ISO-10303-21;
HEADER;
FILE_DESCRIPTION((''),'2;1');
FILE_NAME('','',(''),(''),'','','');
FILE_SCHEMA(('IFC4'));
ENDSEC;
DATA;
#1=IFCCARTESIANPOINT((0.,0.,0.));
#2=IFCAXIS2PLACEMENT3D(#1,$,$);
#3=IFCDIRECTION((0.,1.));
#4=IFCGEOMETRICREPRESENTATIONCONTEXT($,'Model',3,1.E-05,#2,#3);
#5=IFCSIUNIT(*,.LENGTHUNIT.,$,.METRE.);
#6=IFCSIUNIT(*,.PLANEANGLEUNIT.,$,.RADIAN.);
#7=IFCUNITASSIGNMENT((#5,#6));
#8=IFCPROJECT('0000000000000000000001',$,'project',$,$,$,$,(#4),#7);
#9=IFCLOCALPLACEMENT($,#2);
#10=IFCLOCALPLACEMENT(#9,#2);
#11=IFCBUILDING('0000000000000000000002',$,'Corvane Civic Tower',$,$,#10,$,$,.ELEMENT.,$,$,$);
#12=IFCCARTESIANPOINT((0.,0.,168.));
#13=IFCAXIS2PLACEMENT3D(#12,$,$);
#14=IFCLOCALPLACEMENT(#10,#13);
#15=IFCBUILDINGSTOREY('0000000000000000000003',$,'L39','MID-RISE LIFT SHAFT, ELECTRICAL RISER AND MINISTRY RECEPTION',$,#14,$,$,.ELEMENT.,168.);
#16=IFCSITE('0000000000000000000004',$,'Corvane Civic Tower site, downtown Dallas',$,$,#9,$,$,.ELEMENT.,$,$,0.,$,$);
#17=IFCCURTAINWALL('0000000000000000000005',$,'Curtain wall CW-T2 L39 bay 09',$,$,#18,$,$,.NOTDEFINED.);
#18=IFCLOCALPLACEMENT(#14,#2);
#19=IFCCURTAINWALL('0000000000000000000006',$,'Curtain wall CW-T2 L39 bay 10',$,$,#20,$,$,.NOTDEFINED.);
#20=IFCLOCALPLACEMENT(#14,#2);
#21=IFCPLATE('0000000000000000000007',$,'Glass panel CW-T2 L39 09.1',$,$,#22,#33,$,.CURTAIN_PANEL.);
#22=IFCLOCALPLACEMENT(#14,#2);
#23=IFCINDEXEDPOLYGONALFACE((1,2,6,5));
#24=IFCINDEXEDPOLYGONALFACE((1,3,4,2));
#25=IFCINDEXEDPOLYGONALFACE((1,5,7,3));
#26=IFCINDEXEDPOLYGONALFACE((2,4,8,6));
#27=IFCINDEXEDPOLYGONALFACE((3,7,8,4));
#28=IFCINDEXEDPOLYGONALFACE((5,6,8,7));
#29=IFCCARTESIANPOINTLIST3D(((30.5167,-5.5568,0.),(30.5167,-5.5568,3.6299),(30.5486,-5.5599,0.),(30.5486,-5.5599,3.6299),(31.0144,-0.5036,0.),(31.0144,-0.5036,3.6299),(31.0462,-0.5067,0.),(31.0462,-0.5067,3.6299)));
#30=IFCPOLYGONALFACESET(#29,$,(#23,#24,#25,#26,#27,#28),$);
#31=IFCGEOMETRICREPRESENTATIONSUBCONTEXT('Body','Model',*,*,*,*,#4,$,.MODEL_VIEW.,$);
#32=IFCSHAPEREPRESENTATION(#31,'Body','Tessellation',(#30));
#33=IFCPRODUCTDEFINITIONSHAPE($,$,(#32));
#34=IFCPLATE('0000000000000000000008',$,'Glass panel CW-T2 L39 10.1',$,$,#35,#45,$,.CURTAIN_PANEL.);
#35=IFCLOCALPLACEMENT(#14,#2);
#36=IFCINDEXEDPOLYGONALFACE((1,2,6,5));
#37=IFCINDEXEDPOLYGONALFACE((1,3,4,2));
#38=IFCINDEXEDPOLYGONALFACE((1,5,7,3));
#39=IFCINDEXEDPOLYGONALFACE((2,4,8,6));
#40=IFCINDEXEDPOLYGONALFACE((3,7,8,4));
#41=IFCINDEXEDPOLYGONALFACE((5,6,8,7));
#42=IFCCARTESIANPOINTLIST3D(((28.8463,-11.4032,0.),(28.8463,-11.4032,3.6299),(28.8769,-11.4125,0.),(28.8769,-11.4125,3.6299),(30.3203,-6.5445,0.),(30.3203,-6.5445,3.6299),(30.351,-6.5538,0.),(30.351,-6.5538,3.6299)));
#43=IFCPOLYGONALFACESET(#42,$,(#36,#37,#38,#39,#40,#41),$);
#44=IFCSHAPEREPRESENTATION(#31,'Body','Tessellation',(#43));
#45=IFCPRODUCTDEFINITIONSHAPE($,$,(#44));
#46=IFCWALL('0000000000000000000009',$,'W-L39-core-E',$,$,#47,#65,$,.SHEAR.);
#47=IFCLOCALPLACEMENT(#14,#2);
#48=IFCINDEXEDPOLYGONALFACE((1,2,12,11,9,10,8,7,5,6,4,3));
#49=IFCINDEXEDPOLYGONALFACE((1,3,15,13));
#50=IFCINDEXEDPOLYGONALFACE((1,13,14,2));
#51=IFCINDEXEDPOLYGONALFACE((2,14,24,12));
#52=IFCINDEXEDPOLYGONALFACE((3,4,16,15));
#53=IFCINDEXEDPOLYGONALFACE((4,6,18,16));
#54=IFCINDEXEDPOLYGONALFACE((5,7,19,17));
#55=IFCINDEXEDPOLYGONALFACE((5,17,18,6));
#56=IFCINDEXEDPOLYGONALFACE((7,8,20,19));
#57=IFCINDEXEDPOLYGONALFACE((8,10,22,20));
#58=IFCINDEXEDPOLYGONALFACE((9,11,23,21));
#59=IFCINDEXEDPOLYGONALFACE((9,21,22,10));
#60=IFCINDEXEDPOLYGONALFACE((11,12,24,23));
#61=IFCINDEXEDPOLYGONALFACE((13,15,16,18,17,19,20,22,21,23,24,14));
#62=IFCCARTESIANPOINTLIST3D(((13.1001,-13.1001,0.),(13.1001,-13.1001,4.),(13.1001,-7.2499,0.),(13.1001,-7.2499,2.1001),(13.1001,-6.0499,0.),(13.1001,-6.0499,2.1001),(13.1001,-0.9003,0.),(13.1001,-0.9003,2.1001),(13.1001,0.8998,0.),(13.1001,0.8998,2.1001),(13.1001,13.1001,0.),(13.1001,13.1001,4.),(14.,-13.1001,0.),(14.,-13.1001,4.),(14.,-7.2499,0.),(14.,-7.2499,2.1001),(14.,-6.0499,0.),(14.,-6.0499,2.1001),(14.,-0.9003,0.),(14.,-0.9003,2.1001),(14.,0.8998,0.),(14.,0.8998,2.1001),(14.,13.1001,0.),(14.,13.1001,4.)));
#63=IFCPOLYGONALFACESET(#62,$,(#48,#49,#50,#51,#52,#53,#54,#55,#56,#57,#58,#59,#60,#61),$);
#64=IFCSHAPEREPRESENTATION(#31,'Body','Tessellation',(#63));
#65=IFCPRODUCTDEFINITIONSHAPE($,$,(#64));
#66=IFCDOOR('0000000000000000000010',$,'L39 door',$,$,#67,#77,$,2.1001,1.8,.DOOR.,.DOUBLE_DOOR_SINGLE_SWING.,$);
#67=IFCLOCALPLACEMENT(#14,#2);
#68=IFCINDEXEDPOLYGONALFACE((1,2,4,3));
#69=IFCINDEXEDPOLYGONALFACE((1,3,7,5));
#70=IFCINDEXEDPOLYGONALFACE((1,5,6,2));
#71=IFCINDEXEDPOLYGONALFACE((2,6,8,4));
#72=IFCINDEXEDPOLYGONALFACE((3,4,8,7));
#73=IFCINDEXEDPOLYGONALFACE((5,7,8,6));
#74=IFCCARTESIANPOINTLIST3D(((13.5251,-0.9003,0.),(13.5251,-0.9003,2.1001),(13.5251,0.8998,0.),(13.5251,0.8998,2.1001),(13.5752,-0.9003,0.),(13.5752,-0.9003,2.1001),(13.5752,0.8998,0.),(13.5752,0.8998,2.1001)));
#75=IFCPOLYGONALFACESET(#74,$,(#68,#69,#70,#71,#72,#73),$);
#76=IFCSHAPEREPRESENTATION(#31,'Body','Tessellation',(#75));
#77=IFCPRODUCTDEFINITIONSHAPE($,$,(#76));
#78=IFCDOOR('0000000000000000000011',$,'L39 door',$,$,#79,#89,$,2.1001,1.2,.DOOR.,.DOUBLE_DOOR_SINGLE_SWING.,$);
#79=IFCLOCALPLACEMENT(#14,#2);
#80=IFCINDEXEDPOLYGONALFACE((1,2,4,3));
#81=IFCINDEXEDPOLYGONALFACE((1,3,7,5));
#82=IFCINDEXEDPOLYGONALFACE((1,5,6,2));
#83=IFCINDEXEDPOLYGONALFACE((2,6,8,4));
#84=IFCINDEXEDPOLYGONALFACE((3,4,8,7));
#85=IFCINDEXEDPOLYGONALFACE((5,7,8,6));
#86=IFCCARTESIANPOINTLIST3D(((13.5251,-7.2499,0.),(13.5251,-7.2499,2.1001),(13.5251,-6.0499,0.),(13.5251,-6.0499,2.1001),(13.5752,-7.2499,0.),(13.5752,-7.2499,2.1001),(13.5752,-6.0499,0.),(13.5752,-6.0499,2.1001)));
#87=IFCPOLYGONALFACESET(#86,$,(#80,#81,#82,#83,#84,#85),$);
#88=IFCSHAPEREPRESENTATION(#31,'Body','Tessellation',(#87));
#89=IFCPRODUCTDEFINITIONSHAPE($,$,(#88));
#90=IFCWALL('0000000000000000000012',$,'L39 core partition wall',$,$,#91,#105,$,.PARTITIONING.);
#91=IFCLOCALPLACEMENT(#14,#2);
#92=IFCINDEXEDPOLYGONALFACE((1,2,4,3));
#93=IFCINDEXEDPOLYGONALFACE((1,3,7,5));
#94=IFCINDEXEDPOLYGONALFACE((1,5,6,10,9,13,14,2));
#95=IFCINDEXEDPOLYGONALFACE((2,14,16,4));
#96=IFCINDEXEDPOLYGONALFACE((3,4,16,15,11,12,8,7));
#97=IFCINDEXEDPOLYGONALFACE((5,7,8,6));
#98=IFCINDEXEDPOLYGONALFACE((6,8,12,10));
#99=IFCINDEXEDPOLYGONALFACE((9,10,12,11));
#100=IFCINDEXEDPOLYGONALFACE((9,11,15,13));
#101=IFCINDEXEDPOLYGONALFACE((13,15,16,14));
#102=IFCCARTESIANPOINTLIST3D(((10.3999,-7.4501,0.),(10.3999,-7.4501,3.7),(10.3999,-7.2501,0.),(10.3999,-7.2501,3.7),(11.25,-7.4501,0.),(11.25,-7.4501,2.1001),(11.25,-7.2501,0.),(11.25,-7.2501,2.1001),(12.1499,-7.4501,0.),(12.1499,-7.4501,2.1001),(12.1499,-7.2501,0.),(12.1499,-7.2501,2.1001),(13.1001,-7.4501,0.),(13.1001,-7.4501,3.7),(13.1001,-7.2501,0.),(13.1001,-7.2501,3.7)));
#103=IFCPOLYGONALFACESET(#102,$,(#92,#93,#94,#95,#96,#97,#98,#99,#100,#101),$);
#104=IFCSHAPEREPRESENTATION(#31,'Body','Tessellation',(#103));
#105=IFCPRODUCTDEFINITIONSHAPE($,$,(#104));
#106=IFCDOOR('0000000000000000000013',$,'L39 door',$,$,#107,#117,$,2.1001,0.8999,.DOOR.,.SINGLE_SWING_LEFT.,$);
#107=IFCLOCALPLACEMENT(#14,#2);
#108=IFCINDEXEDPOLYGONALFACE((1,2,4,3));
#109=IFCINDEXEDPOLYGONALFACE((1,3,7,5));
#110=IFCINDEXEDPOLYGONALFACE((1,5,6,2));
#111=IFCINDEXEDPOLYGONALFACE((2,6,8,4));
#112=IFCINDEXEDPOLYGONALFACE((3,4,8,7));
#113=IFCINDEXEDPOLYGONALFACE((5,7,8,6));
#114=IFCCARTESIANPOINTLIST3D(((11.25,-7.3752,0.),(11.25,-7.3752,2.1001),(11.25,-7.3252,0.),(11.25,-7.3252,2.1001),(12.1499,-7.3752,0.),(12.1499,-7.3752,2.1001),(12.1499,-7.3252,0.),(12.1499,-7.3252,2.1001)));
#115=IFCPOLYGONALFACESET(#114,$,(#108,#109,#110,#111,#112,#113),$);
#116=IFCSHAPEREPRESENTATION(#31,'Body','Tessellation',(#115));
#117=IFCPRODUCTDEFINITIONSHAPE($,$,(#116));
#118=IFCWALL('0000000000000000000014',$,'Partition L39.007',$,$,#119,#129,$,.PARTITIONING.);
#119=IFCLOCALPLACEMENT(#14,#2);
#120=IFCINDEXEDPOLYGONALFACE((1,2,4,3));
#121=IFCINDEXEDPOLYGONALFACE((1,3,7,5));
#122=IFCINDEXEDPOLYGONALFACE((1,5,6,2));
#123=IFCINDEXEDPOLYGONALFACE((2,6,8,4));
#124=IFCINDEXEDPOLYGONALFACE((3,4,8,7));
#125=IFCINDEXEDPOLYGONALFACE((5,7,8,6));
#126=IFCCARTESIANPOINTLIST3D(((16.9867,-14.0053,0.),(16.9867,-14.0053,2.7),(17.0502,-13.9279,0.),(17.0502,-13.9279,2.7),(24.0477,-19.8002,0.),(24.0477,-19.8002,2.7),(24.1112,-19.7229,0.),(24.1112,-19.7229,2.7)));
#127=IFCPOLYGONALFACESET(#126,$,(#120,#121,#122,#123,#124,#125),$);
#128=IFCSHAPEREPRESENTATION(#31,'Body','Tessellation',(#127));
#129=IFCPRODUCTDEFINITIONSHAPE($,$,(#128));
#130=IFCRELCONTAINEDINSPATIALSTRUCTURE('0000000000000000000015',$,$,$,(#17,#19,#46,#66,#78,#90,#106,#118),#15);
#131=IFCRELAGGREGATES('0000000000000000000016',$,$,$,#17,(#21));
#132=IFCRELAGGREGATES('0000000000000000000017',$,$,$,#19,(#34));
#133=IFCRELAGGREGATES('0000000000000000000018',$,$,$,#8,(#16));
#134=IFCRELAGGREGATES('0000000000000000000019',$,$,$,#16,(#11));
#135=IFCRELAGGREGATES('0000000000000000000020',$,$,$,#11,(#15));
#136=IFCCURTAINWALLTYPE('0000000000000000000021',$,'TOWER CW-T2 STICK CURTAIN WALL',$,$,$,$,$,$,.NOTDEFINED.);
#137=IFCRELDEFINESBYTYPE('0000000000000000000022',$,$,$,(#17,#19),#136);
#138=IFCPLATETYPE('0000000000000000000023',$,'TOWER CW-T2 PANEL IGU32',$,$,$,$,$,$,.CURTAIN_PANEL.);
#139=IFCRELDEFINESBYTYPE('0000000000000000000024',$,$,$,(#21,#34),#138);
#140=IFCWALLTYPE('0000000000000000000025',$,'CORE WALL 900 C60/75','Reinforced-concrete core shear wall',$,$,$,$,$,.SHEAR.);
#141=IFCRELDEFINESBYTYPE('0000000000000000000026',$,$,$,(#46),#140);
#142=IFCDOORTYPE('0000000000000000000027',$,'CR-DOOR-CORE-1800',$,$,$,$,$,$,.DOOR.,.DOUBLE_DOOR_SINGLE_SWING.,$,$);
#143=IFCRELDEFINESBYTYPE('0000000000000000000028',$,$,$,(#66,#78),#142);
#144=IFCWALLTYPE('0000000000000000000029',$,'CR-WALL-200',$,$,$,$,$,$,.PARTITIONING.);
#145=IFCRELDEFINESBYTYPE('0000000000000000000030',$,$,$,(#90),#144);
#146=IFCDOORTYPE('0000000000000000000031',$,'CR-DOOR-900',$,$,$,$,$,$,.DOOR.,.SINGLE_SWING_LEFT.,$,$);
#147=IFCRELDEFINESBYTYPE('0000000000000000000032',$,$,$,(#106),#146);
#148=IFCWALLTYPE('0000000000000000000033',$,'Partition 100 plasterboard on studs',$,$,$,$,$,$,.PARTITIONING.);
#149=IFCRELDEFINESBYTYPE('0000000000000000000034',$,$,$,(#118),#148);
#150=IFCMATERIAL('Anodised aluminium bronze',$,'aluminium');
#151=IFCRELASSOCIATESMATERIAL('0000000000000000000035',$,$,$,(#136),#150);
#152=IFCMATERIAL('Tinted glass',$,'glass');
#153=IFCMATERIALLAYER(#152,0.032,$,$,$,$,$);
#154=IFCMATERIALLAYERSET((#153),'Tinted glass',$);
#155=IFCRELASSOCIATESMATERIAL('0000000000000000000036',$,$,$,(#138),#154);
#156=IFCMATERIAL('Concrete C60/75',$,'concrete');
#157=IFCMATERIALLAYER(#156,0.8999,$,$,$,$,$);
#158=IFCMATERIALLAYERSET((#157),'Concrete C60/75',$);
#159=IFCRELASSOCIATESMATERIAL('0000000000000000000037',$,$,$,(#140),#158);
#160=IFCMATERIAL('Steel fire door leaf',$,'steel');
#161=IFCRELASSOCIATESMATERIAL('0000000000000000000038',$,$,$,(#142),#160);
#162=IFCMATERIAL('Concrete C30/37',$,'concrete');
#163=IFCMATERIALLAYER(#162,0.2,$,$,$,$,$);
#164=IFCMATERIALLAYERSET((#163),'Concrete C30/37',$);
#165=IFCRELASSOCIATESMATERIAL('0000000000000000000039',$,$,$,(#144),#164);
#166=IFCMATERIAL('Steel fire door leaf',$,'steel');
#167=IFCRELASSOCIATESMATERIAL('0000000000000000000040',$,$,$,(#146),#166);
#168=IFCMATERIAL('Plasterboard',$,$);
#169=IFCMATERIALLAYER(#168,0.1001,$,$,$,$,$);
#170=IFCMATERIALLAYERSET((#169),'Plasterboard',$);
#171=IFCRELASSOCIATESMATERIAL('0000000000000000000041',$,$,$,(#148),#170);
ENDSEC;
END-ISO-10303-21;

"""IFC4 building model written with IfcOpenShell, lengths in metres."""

from ifc_helpers import new_model, si_unit, direction, frame, frame_2d, origin, origin_2d, place, context, subcontext, project, spatial, rectangle, extrude, material, layer, layer_set, type_object, element, fill, aggregate, save


model = new_model("IFC4")

# Units and contexts
model_context = context("Model", 3, precision=1e-05, world=origin(), true_north=direction((0.0, 1.0)))
body_context = subcontext(model_context, "Body", "Model", "MODEL_VIEW")
ifc_project = project(units=[si_unit("LENGTHUNIT", "METRE"), si_unit("PLANEANGLEUNIT", "RADIAN")], contexts=[model_context])

# Site, building, storey
site_placement = place(None, origin())
site = spatial("IfcSite", under=ifc_project, at=site_placement, Name="Corvane Civic Tower site, downtown Dallas", CompositionType="ELEMENT", RefElevation=0.0)
building_placement = place(site_placement, origin())
building = spatial("IfcBuilding", under=site, at=building_placement, Name="Corvane Civic Tower", CompositionType="ELEMENT")
storey_placement = place(building_placement, frame((0.0, 0.0, 168.0)))
storey = spatial("IfcBuildingStorey", under=building, at=storey_placement, Name="L39", Description="MID-RISE LIFT SHAFT, ELECTRICAL RISER AND MINISTRY RECEPTION", CompositionType="ELEMENT", Elevation=168.0)

# Curtain walls
ifc_material_1 = material(Name="Anodised aluminium bronze", Category="aluminium")
curtain_wall_type = type_object("IfcCurtainWallType", Name="TOWER CW-T2 STICK CURTAIN WALL", PredefinedType="NOTDEFINED", material=ifc_material_1)
curtain_wall_1_placement = place(storey_placement, origin())
curtain_wall_1 = element("IfcCurtainWall", 1, at=curtain_wall_1_placement, inside=storey, type_object=curtain_wall_type, Name="Curtain wall CW-T2 L39 bay 09", PredefinedType="NOTDEFINED")
curtain_wall_2_placement = place(storey_placement, origin())
curtain_wall_2 = element("IfcCurtainWall", 2, at=curtain_wall_2_placement, inside=storey, type_object=curtain_wall_type, Name="Curtain wall CW-T2 L39 bay 10", PredefinedType="NOTDEFINED")

# Plates
ifc_material_2 = material(Name="Tinted glass", Category="glass")
ifc_layer_1 = layer(ifc_material_2, 0.032)
ifc_layer_set_1 = layer_set([ifc_layer_1], Name="Tinted glass")
plate_type = type_object("IfcPlateType", Name="TOWER CW-T2 PANEL IGU32", PredefinedType="CURTAIN_PANEL", material=ifc_layer_set_1)
plate_1_placement = place(storey_placement, frame((30.7815, -3.0317, 0.0), z_axis=(0.0, 0.0, 1.0), x_axis=(-0.098012, -0.995185, 0.0)))
plate_1 = element("IfcPlate", 3, at=plate_1_placement, type_object=plate_type, Name="Glass panel CW-T2 L39 09.1", PredefinedType="CURTAIN_PANEL", context=body_context, shape_type="SweptSolid", body=[
    extrude(rectangle(XDim=5.0776, YDim=0.032, at=origin_2d()), origin(), (0.0, 0.0, 1.0), 3.6299),
])
aggregate(curtain_wall_1, [plate_1])
plate_2_placement = place(storey_placement, frame((29.5986, -8.9785, 0.0), z_axis=(0.0, 0.0, 1.0), x_axis=(-0.290313, -0.956932, 0.0)))
plate_2 = element("IfcPlate", 4, at=plate_2_placement, type_object=plate_type, Name="Glass panel CW-T2 L39 10.1", PredefinedType="CURTAIN_PANEL", context=body_context, shape_type="SweptSolid", body=[
    extrude(rectangle(XDim=5.0774, YDim=0.032, at=origin_2d()), origin(), (0.0, 0.0, 1.0), 3.6299),
])
aggregate(curtain_wall_2, [plate_2])

# Wall, openings, doors
ifc_material_3 = material(Name="Concrete C60/75", Category="concrete")
ifc_layer_2 = layer(ifc_material_3, 0.8999)
ifc_layer_set_2 = layer_set([ifc_layer_2], Name="Concrete C60/75")
wall_type_1 = type_object("IfcWallType", Name="CORE WALL 900 C60/75", Description="Reinforced-concrete core shear wall", PredefinedType="SHEAR", material=ifc_layer_set_2)
wall_1_placement = place(storey_placement, frame((13.55, -13.1001, 0.0), z_axis=(0.0, 0.0, 1.0), x_axis=(0.0, 1.0, 0.0)))
wall_1 = element("IfcWall", 5, at=wall_1_placement, inside=storey, type_object=wall_type_1, Name="W-L39-core-E", PredefinedType="SHEAR", context=body_context, shape_type="SweptSolid", body=[
    extrude(rectangle(XDim=26.2002, YDim=0.8999, at=frame_2d((13.1001, 0.0))), origin(), (0.0, 0.0, 1.0), 4.0),
])
opening_1_placement = place(wall_1_placement, frame((12.2, 0.0, 0.0)))
opening_1 = element("IfcOpeningElement", 6, at=opening_1_placement, cuts=wall_1, PredefinedType="OPENING", context=body_context, shape_type="SweptSolid", body=[
    extrude(rectangle(XDim=1.8, YDim=2.1001, at=frame_2d((0.8999, 1.05))), frame((0.0, 0.46, 0.0), z_axis=(0.0, -1.0, 0.0), x_axis=(1.0, 0.0, 0.0)), (0.0, 0.0, 1.0), 0.9199),
])
opening_2_placement = place(wall_1_placement, frame((5.8501, 0.0, 0.0)))
opening_2 = element("IfcOpeningElement", 7, at=opening_2_placement, cuts=wall_1, PredefinedType="OPENING", context=body_context, shape_type="SweptSolid", body=[
    extrude(rectangle(XDim=1.2, YDim=2.1001, at=frame_2d((0.6001, 1.05))), frame((0.0, 0.46, 0.0), z_axis=(0.0, -1.0, 0.0), x_axis=(1.0, 0.0, 0.0)), (0.0, 0.0, 1.0), 0.9199),
])
ifc_material_4 = material(Name="Steel fire door leaf", Category="steel")
door_type_1 = type_object("IfcDoorType", Name="CR-DOOR-CORE-1800", OperationType="DOUBLE_DOOR_SINGLE_SWING", PredefinedType="DOOR", material=ifc_material_4)
door_1_placement = place(opening_1_placement, origin())
door_1 = element("IfcDoor", 8, at=door_1_placement, inside=storey, type_object=door_type_1, Name="L39 door", OperationType="DOUBLE_DOOR_SINGLE_SWING", OverallHeight=2.1001, OverallWidth=1.8, PredefinedType="DOOR", context=body_context, shape_type="SweptSolid", body=[
    extrude(rectangle(XDim=1.8, YDim=2.1001, at=frame_2d((0.8999, 1.05))), frame((0.0, 0.0249, 0.0), z_axis=(0.0, -1.0, 0.0), x_axis=(1.0, 0.0, 0.0)), (0.0, 0.0, 1.0), 0.05),
])
fill(opening_1, door_1)
door_2_placement = place(opening_2_placement, origin())
door_2 = element("IfcDoor", 9, at=door_2_placement, inside=storey, type_object=door_type_1, Name="L39 door", OperationType="DOUBLE_DOOR_SINGLE_SWING", OverallHeight=2.1001, OverallWidth=1.2, PredefinedType="DOOR", context=body_context, shape_type="SweptSolid", body=[
    extrude(rectangle(XDim=1.2, YDim=2.1001, at=frame_2d((0.6001, 1.05))), frame((0.0, 0.0249, 0.0), z_axis=(0.0, -1.0, 0.0), x_axis=(1.0, 0.0, 0.0)), (0.0, 0.0, 1.0), 0.05),
])
fill(opening_2, door_2)

# Wall, opening, door
ifc_material_5 = material(Name="Concrete C30/37", Category="concrete")
ifc_layer_3 = layer(ifc_material_5, 0.2)
ifc_layer_set_3 = layer_set([ifc_layer_3], Name="Concrete C30/37")
wall_type_2 = type_object("IfcWallType", Name="CR-WALL-200", PredefinedType="PARTITIONING", material=ifc_layer_set_3)
wall_2_placement = place(storey_placement, frame((10.3999, -7.3501, 0.0), z_axis=(0.0, 0.0, 1.0), x_axis=(1.0, 0.0, 0.0)))
wall_2 = element("IfcWall", 10, at=wall_2_placement, inside=storey, type_object=wall_type_2, Name="L39 core partition wall", PredefinedType="PARTITIONING", context=body_context, shape_type="SweptSolid", body=[
    extrude(rectangle(XDim=2.7002, YDim=0.2, at=frame_2d((1.3501, 0.0))), origin(), (0.0, 0.0, 1.0), 3.7),
])
opening_3_placement = place(wall_2_placement, frame((0.8501, 0.0, 0.0)))
opening_3 = element("IfcOpeningElement", 11, at=opening_3_placement, cuts=wall_2, PredefinedType="OPENING", context=body_context, shape_type="SweptSolid", body=[
    extrude(rectangle(XDim=0.8999, YDim=2.1001, at=frame_2d((0.45, 1.05))), frame((0.0, 0.1099, 0.0), z_axis=(0.0, -1.0, 0.0), x_axis=(1.0, 0.0, 0.0)), (0.0, 0.0, 1.0), 0.22),
])
ifc_material_6 = material(Name="Steel fire door leaf", Category="steel")
door_type_2 = type_object("IfcDoorType", Name="CR-DOOR-900", OperationType="SINGLE_SWING_LEFT", PredefinedType="DOOR", material=ifc_material_6)
door_3_placement = place(opening_3_placement, origin())
door_3 = element("IfcDoor", 12, at=door_3_placement, inside=storey, type_object=door_type_2, Name="L39 door", OperationType="SINGLE_SWING_LEFT", OverallHeight=2.1001, OverallWidth=0.8999, PredefinedType="DOOR", context=body_context, shape_type="SweptSolid", body=[
    extrude(rectangle(XDim=0.8999, YDim=2.1001, at=frame_2d((0.45, 1.05))), frame((0.0, 0.0249, 0.0), z_axis=(0.0, -1.0, 0.0), x_axis=(1.0, 0.0, 0.0)), (0.0, 0.0, 1.0), 0.05),
])
fill(opening_3, door_3)

# Wall
ifc_material_7 = material(Name="Plasterboard")
ifc_layer_4 = layer(ifc_material_7, 0.1001)
ifc_layer_set_4 = layer_set([ifc_layer_4], Name="Plasterboard")
wall_type_3 = type_object("IfcWallType", Name="Partition 100 plasterboard on studs", PredefinedType="PARTITIONING", material=ifc_layer_set_4)
wall_3_placement = place(storey_placement, frame((17.0183, -13.9666, 0.0), z_axis=(0.0, 0.0, 1.0), x_axis=(0.773006, -0.634399, 0.0)))
element("IfcWall", 13, at=wall_3_placement, inside=storey, type_object=wall_type_3, Name="Partition L39.007", PredefinedType="PARTITIONING", context=body_context, shape_type="SweptSolid", body=[
    extrude(rectangle(XDim=9.1345, YDim=0.1001, at=frame_2d((4.5674, 0.0))), origin(), (0.0, 0.0, 1.0), 2.7),
])

save(model, "model.ifc")
